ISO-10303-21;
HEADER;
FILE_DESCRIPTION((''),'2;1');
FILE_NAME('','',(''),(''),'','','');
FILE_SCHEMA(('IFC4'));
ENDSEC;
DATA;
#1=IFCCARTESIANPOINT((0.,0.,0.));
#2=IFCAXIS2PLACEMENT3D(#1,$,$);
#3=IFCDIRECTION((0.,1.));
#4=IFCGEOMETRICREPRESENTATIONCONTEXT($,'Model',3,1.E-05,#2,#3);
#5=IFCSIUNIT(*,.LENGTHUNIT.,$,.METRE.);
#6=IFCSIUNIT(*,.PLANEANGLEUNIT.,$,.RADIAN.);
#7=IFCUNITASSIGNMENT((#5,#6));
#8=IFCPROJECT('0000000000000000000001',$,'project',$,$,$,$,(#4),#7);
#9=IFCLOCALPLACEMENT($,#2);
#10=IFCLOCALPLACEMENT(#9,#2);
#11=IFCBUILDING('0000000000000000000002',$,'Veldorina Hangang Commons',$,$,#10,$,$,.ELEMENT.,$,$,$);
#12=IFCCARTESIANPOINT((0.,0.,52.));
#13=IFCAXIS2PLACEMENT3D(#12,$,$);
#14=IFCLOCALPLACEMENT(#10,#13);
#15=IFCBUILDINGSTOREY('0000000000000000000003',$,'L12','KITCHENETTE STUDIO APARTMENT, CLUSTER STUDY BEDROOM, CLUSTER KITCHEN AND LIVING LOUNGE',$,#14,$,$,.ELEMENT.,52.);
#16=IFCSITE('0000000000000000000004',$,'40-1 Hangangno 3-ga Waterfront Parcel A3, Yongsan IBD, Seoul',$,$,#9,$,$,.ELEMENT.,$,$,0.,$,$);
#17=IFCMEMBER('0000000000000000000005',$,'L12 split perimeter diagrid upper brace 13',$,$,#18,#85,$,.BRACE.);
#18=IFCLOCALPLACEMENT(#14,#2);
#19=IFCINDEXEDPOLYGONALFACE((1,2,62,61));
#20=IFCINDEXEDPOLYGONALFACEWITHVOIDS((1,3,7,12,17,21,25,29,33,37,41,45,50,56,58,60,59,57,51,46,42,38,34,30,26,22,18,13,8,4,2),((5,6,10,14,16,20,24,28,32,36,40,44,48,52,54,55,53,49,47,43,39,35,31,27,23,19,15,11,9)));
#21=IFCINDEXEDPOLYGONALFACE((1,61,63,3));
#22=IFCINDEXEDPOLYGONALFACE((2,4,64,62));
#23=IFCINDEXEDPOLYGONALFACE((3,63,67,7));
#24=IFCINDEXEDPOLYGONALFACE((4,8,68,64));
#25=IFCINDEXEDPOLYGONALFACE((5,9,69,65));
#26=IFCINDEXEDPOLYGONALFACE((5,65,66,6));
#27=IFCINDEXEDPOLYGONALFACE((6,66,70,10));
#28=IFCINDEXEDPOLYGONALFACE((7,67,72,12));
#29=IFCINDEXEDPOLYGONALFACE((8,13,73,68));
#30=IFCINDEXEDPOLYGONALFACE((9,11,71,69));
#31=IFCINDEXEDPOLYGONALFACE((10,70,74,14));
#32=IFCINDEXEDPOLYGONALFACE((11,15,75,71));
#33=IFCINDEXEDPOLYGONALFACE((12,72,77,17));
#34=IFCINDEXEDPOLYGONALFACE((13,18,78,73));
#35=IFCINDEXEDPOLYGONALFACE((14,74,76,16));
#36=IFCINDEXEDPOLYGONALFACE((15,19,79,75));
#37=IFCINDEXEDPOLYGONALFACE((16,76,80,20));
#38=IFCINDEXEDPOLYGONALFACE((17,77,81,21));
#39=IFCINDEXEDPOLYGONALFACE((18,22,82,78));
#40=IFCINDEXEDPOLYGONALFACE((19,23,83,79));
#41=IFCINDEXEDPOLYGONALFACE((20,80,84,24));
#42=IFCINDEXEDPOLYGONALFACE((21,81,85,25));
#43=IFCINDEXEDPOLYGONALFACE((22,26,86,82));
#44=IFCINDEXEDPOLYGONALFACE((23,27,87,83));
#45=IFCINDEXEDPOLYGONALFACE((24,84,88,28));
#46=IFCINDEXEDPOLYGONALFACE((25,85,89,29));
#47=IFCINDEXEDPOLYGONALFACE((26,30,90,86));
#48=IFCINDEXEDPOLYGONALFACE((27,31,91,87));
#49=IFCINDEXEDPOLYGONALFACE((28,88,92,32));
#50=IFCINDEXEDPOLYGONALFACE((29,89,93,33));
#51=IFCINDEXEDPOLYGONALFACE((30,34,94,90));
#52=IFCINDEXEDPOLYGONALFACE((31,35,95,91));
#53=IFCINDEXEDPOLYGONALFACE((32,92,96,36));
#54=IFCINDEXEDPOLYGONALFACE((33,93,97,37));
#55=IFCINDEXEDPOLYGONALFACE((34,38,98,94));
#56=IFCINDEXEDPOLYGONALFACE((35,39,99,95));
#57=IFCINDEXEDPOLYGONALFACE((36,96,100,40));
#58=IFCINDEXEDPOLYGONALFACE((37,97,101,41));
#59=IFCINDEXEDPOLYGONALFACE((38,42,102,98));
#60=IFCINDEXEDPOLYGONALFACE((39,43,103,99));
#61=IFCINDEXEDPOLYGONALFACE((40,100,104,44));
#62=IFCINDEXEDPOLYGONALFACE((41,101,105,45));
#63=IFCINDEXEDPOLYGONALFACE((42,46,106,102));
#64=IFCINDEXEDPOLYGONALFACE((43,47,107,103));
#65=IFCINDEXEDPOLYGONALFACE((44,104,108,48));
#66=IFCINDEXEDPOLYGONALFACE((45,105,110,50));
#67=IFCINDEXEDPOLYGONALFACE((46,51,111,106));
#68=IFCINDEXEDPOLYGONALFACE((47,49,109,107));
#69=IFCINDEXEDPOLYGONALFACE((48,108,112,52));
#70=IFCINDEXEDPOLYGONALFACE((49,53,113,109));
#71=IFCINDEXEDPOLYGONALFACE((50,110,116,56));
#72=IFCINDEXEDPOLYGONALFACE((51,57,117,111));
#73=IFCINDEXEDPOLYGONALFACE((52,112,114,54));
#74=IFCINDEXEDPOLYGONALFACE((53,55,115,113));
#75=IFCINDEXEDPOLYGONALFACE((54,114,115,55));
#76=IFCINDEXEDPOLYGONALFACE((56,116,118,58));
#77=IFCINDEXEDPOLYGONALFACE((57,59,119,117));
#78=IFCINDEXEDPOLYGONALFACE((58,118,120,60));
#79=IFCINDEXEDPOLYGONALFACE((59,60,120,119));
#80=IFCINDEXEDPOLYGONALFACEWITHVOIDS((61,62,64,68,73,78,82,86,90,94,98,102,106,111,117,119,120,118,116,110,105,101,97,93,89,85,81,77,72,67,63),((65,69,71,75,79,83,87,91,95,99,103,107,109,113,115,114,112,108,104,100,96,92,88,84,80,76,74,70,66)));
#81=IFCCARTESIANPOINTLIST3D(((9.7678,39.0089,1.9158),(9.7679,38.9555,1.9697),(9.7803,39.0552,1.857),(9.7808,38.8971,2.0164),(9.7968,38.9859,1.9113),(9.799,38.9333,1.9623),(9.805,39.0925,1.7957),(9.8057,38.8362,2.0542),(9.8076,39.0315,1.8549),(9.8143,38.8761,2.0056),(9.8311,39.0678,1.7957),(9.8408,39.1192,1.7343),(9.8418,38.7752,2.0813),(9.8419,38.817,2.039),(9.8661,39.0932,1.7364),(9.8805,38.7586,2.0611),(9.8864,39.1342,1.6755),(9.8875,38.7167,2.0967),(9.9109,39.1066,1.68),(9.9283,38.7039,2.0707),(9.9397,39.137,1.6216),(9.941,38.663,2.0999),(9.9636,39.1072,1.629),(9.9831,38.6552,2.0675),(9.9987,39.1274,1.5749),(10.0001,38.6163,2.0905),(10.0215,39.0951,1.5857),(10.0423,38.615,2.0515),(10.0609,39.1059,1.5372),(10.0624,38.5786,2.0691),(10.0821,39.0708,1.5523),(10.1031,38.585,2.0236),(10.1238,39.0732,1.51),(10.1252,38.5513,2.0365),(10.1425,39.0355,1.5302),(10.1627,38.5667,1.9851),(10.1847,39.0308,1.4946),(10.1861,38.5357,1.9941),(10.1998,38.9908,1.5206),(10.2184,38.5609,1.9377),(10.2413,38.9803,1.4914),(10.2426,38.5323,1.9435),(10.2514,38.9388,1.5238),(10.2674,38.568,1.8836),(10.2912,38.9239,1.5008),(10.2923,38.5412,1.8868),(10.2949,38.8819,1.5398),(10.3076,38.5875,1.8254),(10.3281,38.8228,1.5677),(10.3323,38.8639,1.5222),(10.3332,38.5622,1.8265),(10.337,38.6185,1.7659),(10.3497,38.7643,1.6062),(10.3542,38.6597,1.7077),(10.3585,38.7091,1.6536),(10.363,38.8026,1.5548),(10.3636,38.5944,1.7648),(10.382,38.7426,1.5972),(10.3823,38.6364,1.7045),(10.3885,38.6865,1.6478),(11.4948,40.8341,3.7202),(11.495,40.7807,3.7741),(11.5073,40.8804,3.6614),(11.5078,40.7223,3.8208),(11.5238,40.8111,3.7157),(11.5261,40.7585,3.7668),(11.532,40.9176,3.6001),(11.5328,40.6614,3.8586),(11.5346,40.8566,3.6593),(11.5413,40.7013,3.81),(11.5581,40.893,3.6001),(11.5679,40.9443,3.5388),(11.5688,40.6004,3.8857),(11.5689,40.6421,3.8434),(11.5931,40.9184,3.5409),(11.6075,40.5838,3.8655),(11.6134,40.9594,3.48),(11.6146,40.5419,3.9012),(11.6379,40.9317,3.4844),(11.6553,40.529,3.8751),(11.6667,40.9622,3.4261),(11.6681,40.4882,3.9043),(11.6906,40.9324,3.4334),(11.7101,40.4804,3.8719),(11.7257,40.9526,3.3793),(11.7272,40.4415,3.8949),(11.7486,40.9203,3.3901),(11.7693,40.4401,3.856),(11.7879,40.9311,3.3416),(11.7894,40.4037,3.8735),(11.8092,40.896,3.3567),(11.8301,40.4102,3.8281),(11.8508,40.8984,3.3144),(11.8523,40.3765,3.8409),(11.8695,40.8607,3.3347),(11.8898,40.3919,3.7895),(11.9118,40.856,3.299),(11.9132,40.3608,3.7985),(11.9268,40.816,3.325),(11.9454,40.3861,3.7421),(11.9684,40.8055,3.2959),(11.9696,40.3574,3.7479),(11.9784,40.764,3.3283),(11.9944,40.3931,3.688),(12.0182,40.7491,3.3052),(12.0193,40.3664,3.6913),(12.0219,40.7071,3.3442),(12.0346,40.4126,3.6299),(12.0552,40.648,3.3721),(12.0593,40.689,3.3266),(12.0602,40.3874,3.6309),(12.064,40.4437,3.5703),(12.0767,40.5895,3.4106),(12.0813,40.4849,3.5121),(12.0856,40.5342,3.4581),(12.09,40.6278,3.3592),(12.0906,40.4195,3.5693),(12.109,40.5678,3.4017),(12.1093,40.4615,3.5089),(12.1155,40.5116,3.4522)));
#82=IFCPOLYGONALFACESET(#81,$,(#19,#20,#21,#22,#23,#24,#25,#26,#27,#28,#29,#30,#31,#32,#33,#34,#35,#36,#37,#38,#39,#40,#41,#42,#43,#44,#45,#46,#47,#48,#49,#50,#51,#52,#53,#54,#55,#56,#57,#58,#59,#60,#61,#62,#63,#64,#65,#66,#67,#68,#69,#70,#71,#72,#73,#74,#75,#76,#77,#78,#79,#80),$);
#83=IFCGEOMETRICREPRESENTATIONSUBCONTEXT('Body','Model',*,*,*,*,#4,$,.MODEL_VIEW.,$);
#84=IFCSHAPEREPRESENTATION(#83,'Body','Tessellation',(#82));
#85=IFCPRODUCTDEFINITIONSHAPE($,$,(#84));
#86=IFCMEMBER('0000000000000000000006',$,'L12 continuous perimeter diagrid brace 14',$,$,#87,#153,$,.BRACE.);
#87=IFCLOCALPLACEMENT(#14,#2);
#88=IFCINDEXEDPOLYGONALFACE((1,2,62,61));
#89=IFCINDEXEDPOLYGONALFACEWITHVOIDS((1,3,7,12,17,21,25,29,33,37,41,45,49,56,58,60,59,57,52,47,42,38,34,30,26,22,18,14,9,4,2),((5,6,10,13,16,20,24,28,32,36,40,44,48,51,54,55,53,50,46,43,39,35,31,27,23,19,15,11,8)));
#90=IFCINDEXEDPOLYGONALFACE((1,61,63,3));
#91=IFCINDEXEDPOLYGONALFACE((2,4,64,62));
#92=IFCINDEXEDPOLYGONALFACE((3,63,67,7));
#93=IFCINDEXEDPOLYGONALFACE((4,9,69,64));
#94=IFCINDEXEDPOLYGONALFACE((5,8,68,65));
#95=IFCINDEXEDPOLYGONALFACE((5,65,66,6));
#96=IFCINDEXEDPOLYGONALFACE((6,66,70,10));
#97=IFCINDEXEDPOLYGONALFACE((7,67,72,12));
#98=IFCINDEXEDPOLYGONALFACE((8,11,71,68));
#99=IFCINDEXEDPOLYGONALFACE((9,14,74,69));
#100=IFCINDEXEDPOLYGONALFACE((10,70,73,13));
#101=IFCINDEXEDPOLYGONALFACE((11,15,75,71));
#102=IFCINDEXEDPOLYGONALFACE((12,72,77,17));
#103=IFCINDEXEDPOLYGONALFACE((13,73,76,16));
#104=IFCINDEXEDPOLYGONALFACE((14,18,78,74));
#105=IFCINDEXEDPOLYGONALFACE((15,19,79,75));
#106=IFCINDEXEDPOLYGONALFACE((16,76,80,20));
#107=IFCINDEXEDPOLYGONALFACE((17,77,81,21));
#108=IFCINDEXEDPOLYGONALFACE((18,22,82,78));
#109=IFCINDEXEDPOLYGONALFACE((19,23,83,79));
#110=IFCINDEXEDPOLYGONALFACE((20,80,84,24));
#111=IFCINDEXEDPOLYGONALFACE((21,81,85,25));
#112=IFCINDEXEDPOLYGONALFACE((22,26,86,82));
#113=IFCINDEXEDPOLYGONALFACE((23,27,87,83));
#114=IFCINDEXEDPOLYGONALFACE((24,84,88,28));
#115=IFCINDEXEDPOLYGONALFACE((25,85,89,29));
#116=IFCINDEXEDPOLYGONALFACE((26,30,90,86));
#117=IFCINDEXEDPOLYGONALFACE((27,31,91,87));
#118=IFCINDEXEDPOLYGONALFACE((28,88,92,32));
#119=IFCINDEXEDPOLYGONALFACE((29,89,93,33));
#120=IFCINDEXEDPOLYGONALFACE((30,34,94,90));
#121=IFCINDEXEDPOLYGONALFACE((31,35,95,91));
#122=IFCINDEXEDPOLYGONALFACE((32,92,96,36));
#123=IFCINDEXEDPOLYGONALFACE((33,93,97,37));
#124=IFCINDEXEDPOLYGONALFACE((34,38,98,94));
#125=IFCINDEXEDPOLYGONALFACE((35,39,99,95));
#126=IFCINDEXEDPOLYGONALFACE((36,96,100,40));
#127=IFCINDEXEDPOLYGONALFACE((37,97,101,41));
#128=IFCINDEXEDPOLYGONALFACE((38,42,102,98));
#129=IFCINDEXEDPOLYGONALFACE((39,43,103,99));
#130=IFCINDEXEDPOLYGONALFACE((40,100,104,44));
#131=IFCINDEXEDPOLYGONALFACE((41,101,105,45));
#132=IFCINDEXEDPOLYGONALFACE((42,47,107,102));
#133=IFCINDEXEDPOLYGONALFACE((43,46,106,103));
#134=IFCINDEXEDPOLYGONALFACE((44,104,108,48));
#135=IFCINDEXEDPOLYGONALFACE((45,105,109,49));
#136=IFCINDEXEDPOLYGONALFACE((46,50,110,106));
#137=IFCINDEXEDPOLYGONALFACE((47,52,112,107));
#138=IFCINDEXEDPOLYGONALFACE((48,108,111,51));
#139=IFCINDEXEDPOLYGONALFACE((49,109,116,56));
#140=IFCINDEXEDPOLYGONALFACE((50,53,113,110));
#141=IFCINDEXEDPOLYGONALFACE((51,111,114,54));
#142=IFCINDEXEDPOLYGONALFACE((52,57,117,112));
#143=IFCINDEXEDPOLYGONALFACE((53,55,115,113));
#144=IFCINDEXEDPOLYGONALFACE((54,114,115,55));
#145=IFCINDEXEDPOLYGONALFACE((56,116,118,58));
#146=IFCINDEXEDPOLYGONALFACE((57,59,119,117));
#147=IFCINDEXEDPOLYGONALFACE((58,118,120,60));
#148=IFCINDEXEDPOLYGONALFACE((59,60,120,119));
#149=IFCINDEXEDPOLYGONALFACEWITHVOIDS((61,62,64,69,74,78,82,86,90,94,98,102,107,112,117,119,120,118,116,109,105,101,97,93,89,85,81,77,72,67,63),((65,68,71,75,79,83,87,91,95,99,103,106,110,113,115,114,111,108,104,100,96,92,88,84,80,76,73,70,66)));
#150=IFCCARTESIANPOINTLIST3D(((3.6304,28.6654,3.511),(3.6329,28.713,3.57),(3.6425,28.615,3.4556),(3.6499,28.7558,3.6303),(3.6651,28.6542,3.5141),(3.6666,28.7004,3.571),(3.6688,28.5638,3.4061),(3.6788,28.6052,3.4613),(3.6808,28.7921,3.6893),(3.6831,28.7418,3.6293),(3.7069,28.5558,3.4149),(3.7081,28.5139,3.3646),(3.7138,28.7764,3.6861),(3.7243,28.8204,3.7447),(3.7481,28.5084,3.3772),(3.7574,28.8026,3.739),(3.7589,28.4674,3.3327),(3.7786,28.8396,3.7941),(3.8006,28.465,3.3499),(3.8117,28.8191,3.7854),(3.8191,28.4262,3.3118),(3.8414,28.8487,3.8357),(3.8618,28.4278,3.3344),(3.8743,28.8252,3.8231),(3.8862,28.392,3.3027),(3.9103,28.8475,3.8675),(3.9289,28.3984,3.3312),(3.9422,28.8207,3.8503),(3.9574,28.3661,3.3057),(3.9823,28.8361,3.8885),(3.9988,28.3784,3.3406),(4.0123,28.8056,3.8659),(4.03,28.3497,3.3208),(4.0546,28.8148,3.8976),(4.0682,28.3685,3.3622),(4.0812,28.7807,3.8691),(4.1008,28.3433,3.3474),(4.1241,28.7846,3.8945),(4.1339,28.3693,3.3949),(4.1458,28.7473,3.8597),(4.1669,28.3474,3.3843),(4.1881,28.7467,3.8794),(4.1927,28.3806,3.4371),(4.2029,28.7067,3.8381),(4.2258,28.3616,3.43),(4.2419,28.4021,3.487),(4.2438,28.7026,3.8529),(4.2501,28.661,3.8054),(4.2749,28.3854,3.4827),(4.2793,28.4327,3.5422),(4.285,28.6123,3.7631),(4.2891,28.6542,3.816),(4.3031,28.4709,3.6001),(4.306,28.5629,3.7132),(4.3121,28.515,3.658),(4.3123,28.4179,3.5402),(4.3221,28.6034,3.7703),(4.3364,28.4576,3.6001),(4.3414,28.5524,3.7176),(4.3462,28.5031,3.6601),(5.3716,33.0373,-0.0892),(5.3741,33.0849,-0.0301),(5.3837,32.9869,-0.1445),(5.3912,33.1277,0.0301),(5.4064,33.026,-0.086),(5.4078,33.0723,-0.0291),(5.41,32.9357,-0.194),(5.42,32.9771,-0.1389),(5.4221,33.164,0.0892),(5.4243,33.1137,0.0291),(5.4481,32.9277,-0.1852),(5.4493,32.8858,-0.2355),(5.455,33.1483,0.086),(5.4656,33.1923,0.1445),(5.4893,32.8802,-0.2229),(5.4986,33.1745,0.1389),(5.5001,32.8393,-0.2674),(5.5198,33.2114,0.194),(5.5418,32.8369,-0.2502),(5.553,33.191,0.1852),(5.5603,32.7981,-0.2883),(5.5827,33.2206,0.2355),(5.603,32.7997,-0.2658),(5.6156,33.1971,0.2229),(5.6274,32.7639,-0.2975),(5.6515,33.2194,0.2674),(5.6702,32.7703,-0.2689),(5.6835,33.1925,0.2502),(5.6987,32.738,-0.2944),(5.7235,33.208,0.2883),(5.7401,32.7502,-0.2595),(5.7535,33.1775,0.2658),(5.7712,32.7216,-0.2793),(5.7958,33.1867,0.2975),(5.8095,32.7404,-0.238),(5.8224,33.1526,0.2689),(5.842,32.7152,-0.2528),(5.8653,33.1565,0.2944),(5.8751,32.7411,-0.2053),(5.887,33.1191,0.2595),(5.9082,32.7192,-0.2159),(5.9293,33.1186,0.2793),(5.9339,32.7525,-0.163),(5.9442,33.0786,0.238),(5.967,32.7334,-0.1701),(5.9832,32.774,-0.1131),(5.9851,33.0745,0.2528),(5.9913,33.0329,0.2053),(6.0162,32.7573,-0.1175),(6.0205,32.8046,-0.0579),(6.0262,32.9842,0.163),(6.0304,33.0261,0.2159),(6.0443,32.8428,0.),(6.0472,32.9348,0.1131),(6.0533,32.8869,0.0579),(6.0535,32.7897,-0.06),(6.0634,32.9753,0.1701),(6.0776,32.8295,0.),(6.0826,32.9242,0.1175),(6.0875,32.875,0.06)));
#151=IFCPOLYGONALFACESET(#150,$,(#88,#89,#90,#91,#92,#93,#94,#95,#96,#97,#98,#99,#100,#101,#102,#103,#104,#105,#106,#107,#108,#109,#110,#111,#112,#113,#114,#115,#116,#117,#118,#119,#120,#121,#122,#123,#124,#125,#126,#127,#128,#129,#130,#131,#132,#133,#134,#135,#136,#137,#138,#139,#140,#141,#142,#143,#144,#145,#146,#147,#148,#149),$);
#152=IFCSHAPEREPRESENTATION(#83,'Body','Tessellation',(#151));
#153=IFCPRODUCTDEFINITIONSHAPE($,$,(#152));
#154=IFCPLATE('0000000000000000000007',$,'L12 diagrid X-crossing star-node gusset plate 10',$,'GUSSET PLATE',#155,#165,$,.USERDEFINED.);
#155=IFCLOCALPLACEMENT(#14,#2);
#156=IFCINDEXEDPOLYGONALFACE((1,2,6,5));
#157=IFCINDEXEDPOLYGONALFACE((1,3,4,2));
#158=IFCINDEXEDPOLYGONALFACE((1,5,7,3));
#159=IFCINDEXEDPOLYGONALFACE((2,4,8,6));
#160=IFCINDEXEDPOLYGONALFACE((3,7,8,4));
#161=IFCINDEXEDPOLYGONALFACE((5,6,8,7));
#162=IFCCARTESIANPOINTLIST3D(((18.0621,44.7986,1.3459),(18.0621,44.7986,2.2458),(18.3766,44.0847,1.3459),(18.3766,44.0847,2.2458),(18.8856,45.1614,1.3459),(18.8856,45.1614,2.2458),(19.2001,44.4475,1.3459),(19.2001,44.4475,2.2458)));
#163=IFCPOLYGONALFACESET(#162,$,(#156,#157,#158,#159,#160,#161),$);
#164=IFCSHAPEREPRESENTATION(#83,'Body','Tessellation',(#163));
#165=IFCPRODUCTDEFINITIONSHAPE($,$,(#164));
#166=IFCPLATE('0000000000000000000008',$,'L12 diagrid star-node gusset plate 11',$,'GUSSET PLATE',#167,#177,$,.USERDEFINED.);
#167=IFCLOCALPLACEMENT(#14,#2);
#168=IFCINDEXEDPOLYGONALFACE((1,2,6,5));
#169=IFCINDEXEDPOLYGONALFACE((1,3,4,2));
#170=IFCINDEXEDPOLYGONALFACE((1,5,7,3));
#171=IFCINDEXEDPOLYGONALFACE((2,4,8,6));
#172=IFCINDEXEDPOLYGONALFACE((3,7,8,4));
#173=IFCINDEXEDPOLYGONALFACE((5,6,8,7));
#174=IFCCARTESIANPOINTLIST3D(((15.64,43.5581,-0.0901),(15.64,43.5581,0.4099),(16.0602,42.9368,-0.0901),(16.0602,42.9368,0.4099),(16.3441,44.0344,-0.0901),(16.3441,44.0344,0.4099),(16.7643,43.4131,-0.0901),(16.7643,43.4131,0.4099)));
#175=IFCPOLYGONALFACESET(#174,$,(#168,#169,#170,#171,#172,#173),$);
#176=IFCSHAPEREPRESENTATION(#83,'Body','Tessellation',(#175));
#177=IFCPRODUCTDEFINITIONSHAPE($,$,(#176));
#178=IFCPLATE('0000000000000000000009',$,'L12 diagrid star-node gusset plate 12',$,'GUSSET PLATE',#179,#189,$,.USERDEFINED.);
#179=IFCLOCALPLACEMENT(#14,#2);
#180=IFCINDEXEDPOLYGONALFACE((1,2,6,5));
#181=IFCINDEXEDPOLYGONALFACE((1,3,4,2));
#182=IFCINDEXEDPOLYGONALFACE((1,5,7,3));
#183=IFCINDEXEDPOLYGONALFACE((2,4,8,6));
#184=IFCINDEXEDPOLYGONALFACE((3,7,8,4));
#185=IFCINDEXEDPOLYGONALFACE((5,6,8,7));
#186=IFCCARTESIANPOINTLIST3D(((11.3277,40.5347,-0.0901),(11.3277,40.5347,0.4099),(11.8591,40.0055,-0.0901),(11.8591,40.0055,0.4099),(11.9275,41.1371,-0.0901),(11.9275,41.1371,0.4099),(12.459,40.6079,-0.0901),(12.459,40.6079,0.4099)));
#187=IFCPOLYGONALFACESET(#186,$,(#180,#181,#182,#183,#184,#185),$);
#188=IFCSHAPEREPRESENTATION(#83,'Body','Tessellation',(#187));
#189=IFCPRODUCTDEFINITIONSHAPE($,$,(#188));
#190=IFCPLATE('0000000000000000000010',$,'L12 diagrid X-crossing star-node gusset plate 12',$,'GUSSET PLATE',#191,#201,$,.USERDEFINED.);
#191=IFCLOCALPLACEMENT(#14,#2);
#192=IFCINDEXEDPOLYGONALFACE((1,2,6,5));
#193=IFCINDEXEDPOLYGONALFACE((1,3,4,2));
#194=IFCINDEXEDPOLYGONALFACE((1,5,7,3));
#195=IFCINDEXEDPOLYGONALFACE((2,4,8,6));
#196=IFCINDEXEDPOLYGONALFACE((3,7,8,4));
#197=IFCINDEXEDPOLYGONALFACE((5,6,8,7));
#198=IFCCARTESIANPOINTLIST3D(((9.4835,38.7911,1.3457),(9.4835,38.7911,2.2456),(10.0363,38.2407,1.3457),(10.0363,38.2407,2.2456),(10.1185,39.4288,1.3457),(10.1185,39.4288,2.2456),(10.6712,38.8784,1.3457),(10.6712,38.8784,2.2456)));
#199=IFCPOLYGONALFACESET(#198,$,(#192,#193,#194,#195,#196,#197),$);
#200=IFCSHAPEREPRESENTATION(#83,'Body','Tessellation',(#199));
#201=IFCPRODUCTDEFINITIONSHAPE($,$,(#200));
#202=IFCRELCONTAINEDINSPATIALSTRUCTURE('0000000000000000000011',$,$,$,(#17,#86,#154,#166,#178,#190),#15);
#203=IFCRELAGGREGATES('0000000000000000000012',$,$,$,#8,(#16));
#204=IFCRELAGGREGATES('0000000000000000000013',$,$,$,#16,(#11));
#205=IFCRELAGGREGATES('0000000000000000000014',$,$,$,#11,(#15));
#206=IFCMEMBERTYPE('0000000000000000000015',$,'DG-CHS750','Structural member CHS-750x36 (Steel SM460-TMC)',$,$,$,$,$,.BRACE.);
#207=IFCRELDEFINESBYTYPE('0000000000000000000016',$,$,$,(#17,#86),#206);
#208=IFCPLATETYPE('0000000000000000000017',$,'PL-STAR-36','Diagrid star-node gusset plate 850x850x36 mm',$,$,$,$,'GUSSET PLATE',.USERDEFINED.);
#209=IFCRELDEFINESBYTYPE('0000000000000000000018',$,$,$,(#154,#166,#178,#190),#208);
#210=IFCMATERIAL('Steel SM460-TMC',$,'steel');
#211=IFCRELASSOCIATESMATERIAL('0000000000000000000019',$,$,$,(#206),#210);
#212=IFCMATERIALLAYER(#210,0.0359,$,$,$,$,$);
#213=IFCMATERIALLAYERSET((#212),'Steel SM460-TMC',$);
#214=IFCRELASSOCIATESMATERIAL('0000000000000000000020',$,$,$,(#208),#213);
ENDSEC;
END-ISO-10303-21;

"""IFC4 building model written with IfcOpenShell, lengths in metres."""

from ifc_helpers import new_model, si_unit, direction, frame, origin, origin_2d, place, context, subcontext, project, spatial, rectangle, hollow_circle, extrude, material, layer, layer_set, material_profile, profile_set, type_object, element, save


model = new_model("IFC4")

# Units and contexts
model_context = context("Model", 3, precision=1e-05, world=origin(), true_north=direction((0.0, 1.0)))
body_context = subcontext(model_context, "Body", "Model", "MODEL_VIEW")
ifc_project = project(units=[si_unit("LENGTHUNIT", "METRE"), si_unit("PLANEANGLEUNIT", "RADIAN")], contexts=[model_context])

# Site, building, storey
site_placement = place(None, origin())
site = spatial("IfcSite", under=ifc_project, at=site_placement, Name="40-1 Hangangno 3-ga Waterfront Parcel A3, Yongsan IBD, Seoul", CompositionType="ELEMENT", RefElevation=0.0)
building_placement = place(site_placement, origin())
building = spatial("IfcBuilding", under=site, at=building_placement, Name="Veldorina Hangang Commons", CompositionType="ELEMENT")
storey_placement = place(building_placement, frame((0.0, 0.0, 52.0)))
storey = spatial("IfcBuildingStorey", under=building, at=storey_placement, Name="L12", Description="KITCHENETTE STUDIO APARTMENT, CLUSTER STUDY BEDROOM, CLUSTER KITCHEN AND LIVING LOUNGE", CompositionType="ELEMENT", Elevation=52.0)

# Shared definitions
ifc_material_1 = material(Name="Steel SM460-TMC", Category="steel")

# Members
ifc_material_profile_1 = material_profile(ifc_material_1, hollow_circle(Radius=0.375, WallThickness=0.0359, at=origin_2d()), Name="CHS-750x36")
ifc_profile_set_1 = profile_set([ifc_material_profile_1], Name="Steel SM460-TMC")
member_type = type_object("IfcMemberType", Name="DG-CHS750", Description="Structural member CHS-750x36 (Steel SM460-TMC)", PredefinedType="BRACE", material=ifc_profile_set_1)
member_1_placement = place(storey_placement, frame((10.0774, 38.8347, 1.7957), z_axis=(0.558275, 0.59, 0.583292), x_axis=(-0.726366, 0.687308, 0.0)))
element("IfcMember", 1, at=member_1_placement, inside=storey, type_object=member_type, Name="L12 split perimeter diagrid upper brace 13", PredefinedType="BRACE", context=body_context, shape_type="SweptSolid", body=[
    extrude(hollow_circle(Radius=0.375, WallThickness=0.0359, at=origin_2d()), origin(), (0.0, 0.0, 1.0), 3.0935),
])
member_2_placement = place(storey_placement, frame((5.7292, 32.9683, 0.0), z_axis=(-0.293876, -0.737864, 0.607614), x_axis=(0.929027, -0.370013, 0.0)))
element("IfcMember", 2, at=member_2_placement, inside=storey, type_object=member_type, Name="L12 continuous perimeter diagrid brace 14", PredefinedType="BRACE", context=body_context, shape_type="SweptSolid", body=[
    extrude(hollow_circle(Radius=0.375, WallThickness=0.0359, at=origin_2d()), origin(), (0.0, 0.0, 1.0), 5.925),
])

# Plates
ifc_layer_1 = layer(ifc_material_1, 0.0359)
ifc_layer_set_1 = layer_set([ifc_layer_1], Name="Steel SM460-TMC")
plate_type = type_object("IfcPlateType", Name="PL-STAR-36", Description="Diagrid star-node gusset plate 850x850x36 mm", ElementType="GUSSET PLATE", PredefinedType="USERDEFINED", material=ifc_layer_set_1)
plate_1_placement = place(storey_placement, frame((18.6311, 44.623, 1.3459), z_axis=(0.0, 0.0, 1.0), x_axis=(-0.915143, -0.40313, 0.0)))
element("IfcPlate", 3, at=plate_1_placement, inside=storey, type_object=plate_type, Name="L12 diagrid X-crossing star-node gusset plate 10", ObjectType="GUSSET PLATE", PredefinedType="USERDEFINED", context=body_context, shape_type="SweptSolid", body=[
    extrude(rectangle(XDim=0.8999, YDim=0.78, at=origin_2d()), origin(), (0.0, 0.0, 1.0), 0.8999),
])
for number, where, z_axis, x_axis, name in (
    (4, (16.2021, 43.4856, -0.0901), (0.0, 0.0, 1.0), (-0.828315, -0.560263, 0.0), "L12 diagrid star-node gusset plate 11"),
    (5, (11.8933, 40.5713, -0.0901), (0.0, 0.0, 1.0), (-0.705612, -0.708599, 0.0), "L12 diagrid star-node gusset plate 12"),
):
    element("IfcPlate", number, at=place(storey_placement, frame(where, z_axis=z_axis, x_axis=x_axis)), inside=storey, type_object=plate_type, Name=name, ObjectType="GUSSET PLATE", PredefinedType="USERDEFINED", context=body_context, shape_type="SweptSolid", body=[
        extrude(rectangle(XDim=0.8501, YDim=0.75, at=origin_2d()), origin(), (0.0, 0.0, 1.0), 0.5),
    ])
plate_2_placement = place(storey_placement, frame((10.0774, 38.8347, 1.3457), z_axis=(0.0, 0.0, 1.0), x_axis=(-0.705612, -0.708599, 0.0)))
element("IfcPlate", 6, at=plate_2_placement, inside=storey, type_object=plate_type, Name="L12 diagrid X-crossing star-node gusset plate 12", ObjectType="GUSSET PLATE", PredefinedType="USERDEFINED", context=body_context, shape_type="SweptSolid", body=[
    extrude(rectangle(XDim=0.8999, YDim=0.78, at=origin_2d()), origin(), (0.0, 0.0, 1.0), 0.8999),
])

save(model, "model.ifc")
